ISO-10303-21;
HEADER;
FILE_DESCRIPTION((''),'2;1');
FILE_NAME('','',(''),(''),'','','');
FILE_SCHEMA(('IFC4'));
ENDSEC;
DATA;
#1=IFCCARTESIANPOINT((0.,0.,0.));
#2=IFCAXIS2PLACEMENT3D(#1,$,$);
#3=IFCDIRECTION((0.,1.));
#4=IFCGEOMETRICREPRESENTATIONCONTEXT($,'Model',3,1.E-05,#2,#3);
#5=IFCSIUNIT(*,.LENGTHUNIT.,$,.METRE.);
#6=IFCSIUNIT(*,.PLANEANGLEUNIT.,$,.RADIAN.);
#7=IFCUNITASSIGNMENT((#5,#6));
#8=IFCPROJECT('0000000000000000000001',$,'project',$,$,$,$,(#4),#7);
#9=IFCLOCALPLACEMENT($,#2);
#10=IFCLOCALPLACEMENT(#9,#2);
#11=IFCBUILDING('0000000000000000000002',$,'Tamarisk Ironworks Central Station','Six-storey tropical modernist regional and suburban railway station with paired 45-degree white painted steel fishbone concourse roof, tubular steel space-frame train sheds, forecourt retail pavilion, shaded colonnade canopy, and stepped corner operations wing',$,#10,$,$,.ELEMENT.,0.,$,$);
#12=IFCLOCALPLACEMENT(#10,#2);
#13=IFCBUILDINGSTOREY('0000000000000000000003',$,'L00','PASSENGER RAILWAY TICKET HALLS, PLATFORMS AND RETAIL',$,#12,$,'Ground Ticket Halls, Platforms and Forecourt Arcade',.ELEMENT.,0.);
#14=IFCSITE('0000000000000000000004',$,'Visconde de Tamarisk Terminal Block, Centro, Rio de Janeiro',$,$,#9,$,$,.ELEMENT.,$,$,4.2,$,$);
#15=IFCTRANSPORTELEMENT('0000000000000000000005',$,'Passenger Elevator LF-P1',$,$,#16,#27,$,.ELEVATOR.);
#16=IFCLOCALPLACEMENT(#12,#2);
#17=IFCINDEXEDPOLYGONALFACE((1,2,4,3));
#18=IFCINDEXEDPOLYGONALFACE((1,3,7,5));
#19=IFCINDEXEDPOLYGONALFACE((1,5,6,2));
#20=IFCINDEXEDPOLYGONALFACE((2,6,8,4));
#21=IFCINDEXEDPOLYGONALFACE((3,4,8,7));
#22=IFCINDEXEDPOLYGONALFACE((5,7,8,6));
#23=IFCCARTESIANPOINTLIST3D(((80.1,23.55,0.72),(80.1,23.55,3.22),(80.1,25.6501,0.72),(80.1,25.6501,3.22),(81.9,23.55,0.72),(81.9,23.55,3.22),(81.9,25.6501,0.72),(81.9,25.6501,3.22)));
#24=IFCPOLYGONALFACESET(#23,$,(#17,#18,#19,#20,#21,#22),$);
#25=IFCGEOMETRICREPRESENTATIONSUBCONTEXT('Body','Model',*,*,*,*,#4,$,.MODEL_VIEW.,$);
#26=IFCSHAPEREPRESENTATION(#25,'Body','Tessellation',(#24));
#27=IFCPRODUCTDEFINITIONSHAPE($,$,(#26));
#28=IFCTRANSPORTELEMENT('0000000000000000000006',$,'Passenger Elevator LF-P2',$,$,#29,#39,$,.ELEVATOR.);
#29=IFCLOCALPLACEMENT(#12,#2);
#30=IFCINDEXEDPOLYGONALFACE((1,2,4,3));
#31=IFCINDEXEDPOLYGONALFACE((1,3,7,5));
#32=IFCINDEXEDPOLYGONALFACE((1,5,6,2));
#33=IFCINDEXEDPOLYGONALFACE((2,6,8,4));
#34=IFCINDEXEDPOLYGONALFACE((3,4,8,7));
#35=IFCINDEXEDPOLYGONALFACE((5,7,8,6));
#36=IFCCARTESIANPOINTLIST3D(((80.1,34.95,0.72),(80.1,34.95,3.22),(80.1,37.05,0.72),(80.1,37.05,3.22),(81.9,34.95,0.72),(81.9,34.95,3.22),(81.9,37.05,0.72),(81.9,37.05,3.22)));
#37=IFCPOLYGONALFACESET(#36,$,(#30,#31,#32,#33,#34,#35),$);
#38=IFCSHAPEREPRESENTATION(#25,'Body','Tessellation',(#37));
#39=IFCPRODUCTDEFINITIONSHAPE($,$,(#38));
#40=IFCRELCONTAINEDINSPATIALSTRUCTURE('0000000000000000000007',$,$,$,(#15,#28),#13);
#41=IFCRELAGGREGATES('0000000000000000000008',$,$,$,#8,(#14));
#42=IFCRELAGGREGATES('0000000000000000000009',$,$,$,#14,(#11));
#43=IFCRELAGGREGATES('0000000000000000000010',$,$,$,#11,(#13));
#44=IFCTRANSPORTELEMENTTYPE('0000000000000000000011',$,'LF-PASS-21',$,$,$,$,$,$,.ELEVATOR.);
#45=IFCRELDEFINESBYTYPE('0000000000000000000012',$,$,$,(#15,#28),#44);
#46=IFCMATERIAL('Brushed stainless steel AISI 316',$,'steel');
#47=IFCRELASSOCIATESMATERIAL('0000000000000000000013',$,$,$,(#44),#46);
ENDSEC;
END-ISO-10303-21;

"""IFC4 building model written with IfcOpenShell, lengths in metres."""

from ifc_helpers import new_model, si_unit, direction, frame, origin, origin_2d, place, context, subcontext, project, spatial, rectangle, extrude, material, type_object, element, save


model = new_model("IFC4")

# Units and contexts
model_context = context("Model", 3, precision=1e-05, world=origin(), true_north=direction((0.0, 1.0)))
body_context = subcontext(model_context, "Body", "Model", "MODEL_VIEW")
ifc_project = project(units=[si_unit("LENGTHUNIT", "METRE"), si_unit("PLANEANGLEUNIT", "RADIAN")], contexts=[model_context])

# Site, building, storey
site_placement = place(None, origin())
site = spatial("IfcSite", under=ifc_project, at=site_placement, Name="Visconde de Tamarisk Terminal Block, Centro, Rio de Janeiro", CompositionType="ELEMENT", RefElevation=4.2)
building_placement = place(site_placement, origin())
building = spatial("IfcBuilding", under=site, at=building_placement, Name="Tamarisk Ironworks Central Station", Description="Six-storey tropical modernist regional and suburban railway station with paired 45-degree white painted steel fishbone concourse roof, tubular steel space-frame train sheds, forecourt retail pavilion, shaded colonnade canopy, and stepped corner operations wing", CompositionType="ELEMENT", ElevationOfRefHeight=0.0)
storey_placement = place(building_placement, origin())
storey = spatial("IfcBuildingStorey", under=building, at=storey_placement, Name="L00", Description="PASSENGER RAILWAY TICKET HALLS, PLATFORMS AND RETAIL", LongName="Ground Ticket Halls, Platforms and Forecourt Arcade", CompositionType="ELEMENT", Elevation=0.0)

# Transport elements
ifc_material_1 = material(Name="Brushed stainless steel AISI 316", Category="steel")
transport_element_type = type_object("IfcTransportElementType", Name="LF-PASS-21", PredefinedType="ELEVATOR", material=ifc_material_1)
for number, where, z_axis, x_axis, name in (
    (1, (81.0, 24.6001, 0.72), (0.0, 0.0, 1.0), (1.0, 0.0, 0.0), "Passenger Elevator LF-P1"),
    (2, (81.0, 36.0, 0.72), (0.0, 0.0, 1.0), (1.0, 0.0, 0.0), "Passenger Elevator LF-P2"),
):
    element("IfcTransportElement", number, at=place(storey_placement, frame(where, z_axis=z_axis, x_axis=x_axis)), inside=storey, type_object=transport_element_type, Name=name, PredefinedType="ELEVATOR", context=body_context, shape_type="SweptSolid", body=[
        extrude(rectangle(XDim=1.8, YDim=2.1001, at=origin_2d()), origin(), (0.0, 0.0, 1.0), 2.5),
    ])

save(model, "model.ifc")
